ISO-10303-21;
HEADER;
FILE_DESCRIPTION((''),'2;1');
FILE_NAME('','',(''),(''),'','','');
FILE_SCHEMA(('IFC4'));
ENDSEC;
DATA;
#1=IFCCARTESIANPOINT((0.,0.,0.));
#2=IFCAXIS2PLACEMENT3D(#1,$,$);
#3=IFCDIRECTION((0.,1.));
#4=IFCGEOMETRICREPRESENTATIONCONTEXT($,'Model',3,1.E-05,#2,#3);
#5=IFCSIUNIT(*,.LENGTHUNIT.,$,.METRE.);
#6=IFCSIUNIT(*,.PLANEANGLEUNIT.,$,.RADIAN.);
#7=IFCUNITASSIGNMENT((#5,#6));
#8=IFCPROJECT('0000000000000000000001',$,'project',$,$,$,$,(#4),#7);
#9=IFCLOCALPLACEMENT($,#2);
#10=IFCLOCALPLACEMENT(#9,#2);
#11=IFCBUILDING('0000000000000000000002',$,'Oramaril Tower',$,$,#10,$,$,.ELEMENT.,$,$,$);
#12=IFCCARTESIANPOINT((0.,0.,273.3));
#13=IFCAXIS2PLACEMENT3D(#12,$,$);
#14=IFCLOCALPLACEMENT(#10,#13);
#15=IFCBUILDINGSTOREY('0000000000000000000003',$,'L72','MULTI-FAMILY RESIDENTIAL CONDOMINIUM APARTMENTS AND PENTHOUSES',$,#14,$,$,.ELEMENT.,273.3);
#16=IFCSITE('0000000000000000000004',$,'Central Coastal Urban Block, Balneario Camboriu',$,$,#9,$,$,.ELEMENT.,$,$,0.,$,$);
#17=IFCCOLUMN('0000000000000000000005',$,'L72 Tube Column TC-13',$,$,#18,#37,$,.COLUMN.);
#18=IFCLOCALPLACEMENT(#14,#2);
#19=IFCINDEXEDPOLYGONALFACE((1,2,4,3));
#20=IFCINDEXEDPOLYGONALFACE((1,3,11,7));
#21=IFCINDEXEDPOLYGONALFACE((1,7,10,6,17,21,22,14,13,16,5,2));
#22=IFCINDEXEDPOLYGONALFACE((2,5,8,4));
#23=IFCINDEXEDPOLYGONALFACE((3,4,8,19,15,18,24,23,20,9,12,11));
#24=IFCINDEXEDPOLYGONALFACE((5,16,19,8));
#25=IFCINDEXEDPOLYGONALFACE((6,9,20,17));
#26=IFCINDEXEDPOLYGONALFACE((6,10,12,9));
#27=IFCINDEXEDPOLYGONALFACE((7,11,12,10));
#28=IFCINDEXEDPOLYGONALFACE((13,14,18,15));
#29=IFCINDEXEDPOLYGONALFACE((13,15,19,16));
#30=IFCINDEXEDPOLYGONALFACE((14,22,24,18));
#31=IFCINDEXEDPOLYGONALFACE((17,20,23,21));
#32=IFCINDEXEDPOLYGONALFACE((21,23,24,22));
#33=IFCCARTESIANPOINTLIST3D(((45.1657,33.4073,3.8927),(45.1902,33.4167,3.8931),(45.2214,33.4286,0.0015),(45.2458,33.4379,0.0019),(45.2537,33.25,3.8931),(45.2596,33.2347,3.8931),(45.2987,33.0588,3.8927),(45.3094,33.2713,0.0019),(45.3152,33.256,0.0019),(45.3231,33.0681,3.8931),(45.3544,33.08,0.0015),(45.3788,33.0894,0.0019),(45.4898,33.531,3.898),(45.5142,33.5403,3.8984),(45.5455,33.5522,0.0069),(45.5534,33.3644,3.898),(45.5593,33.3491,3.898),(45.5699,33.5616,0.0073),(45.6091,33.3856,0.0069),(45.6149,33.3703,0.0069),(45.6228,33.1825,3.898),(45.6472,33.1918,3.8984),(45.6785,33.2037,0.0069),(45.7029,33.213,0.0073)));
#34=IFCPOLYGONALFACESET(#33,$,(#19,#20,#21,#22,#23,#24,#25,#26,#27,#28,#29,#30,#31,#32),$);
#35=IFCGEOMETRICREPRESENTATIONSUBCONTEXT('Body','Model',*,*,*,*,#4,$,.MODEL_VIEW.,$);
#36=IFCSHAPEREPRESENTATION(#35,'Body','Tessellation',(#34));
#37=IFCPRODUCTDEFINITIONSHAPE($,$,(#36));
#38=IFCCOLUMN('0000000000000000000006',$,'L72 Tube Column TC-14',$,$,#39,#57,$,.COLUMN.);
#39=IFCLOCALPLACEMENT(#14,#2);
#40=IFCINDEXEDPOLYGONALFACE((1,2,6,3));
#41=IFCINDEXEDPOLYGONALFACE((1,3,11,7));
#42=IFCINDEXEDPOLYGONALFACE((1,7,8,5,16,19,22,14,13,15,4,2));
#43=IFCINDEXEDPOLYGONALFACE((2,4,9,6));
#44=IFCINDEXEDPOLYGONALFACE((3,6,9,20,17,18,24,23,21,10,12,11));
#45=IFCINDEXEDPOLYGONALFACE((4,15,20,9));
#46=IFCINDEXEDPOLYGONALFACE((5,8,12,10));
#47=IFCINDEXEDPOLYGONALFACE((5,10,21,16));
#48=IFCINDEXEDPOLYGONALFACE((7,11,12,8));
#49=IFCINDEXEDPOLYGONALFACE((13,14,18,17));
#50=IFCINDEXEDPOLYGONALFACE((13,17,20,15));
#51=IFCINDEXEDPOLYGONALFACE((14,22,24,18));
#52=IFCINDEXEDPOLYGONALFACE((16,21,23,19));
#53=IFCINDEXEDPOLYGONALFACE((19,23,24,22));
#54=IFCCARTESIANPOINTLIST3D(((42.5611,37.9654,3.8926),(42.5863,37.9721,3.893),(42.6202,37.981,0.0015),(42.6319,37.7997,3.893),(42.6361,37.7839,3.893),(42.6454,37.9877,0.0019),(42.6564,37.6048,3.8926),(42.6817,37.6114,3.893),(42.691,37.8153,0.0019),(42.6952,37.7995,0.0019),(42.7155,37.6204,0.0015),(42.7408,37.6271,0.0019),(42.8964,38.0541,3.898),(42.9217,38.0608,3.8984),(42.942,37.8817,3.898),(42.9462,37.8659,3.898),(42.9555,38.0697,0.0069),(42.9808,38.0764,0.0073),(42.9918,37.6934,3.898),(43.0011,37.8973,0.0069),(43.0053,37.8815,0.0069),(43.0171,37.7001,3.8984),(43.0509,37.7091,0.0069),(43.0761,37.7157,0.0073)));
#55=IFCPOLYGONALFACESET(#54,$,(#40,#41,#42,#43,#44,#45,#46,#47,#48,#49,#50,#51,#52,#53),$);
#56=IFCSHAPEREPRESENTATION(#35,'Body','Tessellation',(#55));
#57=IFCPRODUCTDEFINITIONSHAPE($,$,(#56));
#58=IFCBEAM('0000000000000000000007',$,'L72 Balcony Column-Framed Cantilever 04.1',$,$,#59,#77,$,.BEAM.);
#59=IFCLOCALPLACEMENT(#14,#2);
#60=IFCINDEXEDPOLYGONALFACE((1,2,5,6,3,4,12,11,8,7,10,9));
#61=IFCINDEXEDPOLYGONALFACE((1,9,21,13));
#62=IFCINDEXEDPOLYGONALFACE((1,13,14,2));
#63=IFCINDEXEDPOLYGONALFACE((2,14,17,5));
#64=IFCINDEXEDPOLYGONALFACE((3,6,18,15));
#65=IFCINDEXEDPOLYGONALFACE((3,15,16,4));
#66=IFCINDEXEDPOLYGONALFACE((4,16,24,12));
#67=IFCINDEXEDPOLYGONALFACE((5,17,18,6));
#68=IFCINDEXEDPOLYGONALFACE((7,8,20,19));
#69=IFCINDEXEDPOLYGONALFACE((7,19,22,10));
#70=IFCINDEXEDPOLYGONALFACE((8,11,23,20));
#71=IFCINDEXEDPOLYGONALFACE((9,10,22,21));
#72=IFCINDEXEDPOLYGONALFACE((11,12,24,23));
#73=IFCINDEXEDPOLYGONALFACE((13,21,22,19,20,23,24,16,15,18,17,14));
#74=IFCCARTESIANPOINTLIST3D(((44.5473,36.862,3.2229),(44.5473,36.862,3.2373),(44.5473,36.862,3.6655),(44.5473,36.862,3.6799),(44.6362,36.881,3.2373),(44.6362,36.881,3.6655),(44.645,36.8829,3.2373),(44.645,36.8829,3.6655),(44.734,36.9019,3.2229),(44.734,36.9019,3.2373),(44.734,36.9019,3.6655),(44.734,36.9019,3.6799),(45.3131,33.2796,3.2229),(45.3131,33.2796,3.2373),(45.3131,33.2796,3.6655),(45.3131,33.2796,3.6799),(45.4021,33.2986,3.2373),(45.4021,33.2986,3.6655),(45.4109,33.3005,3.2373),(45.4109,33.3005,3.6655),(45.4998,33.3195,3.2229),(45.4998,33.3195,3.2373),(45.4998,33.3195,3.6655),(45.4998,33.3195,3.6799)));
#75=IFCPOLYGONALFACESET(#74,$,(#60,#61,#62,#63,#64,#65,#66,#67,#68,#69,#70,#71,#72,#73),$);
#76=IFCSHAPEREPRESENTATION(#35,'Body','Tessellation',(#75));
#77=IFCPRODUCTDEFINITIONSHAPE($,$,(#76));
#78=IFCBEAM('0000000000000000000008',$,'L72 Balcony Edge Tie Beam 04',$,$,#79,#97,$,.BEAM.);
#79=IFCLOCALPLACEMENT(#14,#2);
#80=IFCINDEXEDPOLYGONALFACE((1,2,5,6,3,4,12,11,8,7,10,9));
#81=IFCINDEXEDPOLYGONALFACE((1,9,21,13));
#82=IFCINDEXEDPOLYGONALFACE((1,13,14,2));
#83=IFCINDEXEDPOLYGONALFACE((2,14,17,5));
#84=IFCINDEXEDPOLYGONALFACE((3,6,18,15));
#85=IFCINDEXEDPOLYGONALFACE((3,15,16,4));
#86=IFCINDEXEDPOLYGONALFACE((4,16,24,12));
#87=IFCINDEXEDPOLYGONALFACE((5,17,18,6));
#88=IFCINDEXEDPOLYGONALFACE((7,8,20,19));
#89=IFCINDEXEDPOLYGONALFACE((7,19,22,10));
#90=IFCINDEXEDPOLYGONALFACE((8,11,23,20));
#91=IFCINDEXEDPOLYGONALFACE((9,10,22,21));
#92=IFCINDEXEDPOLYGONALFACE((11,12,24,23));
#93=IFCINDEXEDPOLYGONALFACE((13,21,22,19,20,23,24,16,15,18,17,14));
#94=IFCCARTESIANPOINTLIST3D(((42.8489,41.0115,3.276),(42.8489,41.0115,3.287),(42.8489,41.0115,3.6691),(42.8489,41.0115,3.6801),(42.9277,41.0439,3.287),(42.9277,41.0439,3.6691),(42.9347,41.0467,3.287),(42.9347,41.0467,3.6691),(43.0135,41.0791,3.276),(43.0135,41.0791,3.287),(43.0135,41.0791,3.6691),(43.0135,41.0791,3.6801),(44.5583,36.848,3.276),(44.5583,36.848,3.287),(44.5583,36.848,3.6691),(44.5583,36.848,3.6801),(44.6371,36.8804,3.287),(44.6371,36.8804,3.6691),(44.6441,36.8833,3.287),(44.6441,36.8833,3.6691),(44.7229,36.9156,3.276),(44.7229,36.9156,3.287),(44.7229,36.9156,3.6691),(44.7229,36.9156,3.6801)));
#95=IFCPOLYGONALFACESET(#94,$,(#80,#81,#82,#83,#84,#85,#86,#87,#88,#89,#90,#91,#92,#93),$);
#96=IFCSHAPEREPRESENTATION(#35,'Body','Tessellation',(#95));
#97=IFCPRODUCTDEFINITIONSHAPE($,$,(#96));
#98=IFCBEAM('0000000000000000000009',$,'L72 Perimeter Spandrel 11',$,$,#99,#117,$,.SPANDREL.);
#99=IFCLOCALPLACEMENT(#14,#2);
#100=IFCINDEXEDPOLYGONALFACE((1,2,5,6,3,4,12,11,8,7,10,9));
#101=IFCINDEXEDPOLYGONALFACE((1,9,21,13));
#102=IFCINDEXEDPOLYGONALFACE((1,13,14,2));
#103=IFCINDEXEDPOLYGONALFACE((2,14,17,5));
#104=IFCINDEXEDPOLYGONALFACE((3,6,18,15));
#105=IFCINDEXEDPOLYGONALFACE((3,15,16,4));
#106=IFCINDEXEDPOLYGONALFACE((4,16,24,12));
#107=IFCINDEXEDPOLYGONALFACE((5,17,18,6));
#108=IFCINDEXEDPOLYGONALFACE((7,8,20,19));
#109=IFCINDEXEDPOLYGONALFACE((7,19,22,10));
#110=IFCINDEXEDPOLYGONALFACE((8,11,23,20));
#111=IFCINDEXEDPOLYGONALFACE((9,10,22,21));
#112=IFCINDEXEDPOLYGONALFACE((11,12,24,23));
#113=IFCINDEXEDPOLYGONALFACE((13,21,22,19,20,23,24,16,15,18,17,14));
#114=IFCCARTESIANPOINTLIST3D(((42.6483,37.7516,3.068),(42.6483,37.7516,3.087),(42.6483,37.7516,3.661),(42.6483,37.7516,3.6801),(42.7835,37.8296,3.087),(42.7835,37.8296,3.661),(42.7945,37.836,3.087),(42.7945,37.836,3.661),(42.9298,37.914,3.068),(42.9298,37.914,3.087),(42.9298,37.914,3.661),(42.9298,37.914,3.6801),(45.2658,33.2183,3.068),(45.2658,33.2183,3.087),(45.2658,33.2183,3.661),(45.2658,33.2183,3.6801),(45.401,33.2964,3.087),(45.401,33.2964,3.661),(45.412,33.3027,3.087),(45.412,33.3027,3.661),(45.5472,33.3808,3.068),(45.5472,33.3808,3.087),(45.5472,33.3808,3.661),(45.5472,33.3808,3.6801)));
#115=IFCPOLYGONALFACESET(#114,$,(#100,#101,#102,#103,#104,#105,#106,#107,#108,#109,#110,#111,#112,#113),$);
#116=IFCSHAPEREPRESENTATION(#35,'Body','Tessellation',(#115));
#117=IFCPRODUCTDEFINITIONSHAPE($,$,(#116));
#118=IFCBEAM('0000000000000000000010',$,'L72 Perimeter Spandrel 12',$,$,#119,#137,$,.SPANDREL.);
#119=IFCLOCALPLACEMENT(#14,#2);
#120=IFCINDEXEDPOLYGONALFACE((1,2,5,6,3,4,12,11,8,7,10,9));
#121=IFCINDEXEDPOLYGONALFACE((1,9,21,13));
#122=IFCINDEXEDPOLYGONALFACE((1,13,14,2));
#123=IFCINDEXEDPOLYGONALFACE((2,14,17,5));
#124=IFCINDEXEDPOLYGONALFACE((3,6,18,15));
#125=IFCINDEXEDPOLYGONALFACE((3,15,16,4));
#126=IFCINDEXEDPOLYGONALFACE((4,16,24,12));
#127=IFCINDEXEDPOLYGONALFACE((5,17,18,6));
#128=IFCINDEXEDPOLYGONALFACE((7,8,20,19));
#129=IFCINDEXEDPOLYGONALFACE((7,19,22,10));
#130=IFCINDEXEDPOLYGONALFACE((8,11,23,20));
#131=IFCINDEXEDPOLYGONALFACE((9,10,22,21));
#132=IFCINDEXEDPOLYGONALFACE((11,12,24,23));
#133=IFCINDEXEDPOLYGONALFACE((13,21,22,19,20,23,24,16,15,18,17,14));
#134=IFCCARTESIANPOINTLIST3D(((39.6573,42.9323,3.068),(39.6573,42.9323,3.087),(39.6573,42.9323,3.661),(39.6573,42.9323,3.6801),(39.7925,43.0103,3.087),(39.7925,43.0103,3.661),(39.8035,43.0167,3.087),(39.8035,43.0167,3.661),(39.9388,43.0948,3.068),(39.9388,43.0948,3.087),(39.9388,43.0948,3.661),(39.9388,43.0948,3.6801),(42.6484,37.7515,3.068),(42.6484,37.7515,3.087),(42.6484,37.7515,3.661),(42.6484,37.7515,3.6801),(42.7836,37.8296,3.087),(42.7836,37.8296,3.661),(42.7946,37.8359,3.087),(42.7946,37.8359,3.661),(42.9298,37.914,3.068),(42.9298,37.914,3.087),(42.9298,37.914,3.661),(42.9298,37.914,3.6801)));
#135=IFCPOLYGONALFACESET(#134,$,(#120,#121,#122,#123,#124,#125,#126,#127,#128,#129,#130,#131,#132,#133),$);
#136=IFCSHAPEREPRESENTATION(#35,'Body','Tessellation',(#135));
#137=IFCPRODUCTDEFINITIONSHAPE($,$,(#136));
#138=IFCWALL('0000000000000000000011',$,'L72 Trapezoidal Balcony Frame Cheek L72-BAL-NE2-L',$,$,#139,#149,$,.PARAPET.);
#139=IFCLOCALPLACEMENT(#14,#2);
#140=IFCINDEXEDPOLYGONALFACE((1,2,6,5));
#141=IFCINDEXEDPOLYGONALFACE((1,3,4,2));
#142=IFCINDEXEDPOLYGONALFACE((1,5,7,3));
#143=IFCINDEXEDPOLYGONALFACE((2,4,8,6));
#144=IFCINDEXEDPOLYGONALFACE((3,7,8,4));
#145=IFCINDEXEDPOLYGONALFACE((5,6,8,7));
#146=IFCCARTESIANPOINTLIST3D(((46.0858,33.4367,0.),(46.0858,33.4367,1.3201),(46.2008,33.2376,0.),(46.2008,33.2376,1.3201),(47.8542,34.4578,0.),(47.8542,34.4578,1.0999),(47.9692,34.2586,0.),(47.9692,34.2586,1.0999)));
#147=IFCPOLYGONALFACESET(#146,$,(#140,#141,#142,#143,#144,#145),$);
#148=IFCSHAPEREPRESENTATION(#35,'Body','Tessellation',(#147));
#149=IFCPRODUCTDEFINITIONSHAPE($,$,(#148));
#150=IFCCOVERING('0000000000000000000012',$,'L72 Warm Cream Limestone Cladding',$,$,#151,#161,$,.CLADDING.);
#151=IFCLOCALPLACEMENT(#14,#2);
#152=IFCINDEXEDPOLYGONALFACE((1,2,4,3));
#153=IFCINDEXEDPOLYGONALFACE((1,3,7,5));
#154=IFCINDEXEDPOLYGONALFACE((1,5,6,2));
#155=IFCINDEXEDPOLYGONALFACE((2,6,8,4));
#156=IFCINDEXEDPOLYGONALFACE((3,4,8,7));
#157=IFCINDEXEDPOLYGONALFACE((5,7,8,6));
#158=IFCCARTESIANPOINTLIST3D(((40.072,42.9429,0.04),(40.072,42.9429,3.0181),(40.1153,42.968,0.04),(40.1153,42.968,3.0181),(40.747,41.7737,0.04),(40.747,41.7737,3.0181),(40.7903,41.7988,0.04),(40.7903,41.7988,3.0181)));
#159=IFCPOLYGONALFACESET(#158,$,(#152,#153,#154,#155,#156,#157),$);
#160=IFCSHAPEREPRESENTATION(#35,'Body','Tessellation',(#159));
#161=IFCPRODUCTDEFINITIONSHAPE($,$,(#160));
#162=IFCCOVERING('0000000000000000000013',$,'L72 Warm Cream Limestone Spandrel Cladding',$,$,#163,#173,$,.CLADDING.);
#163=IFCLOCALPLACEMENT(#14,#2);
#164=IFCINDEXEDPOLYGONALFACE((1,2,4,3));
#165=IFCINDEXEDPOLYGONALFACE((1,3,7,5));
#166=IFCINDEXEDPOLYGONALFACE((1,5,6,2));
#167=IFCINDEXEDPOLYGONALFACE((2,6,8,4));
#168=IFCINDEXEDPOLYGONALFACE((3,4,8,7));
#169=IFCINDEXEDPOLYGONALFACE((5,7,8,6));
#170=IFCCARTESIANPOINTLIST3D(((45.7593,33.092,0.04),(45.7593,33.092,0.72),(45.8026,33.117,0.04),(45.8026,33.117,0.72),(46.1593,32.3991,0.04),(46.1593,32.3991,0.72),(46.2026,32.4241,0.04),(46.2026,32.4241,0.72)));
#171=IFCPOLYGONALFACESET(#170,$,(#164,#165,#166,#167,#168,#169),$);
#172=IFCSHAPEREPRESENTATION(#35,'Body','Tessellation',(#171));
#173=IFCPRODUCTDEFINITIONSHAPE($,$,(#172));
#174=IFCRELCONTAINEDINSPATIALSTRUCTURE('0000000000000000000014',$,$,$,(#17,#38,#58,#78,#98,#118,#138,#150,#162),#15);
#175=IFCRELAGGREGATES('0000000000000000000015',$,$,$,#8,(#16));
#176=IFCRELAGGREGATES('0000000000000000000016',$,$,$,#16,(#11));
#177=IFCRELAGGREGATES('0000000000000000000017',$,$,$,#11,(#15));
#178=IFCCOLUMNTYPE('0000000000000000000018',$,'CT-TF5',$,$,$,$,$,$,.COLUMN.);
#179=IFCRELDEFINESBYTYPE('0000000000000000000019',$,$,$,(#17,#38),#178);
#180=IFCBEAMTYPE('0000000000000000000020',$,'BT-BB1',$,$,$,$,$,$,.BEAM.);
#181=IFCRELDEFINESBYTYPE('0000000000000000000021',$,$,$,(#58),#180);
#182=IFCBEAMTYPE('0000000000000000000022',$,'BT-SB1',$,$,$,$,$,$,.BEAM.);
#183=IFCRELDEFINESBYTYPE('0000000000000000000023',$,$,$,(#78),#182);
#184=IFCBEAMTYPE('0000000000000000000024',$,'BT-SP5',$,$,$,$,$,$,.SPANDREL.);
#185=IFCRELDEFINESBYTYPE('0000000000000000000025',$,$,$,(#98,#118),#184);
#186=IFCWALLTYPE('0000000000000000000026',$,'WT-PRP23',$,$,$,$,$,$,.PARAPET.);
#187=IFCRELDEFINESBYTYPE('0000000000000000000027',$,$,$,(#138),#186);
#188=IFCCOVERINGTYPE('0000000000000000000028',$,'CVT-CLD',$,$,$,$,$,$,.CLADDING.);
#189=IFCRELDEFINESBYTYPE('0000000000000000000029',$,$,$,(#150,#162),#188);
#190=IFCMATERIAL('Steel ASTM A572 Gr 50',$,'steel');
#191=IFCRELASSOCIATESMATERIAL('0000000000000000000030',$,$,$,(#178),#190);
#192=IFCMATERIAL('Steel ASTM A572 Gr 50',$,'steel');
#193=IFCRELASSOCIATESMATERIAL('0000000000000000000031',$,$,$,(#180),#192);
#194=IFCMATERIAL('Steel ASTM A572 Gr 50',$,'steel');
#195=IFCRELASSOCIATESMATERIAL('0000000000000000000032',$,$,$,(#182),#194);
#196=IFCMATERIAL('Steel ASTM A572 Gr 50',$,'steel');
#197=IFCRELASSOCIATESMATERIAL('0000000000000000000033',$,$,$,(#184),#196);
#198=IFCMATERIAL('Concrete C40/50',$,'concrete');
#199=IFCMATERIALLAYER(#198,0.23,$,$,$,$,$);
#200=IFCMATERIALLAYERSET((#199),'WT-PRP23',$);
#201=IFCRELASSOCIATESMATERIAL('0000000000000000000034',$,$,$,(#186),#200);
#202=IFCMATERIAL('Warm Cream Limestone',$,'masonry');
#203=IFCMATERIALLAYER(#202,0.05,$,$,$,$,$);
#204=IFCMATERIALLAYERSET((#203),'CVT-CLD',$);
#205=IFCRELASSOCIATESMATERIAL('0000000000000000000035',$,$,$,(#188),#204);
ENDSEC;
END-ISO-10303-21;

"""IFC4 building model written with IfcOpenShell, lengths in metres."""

from ifc_helpers import new_model, si_unit, direction, frame, origin, origin_2d, place, context, subcontext, project, spatial, polyline, rectangle, i_section, outline, extrude, material, layer, layer_set, material_profile, profile_set, type_object, element, save


model = new_model("IFC4")

# Units and contexts
model_context = context("Model", 3, precision=1e-05, world=origin(), true_north=direction((0.0, 1.0)))
body_context = subcontext(model_context, "Body", "Model", "MODEL_VIEW")
ifc_project = project(units=[si_unit("LENGTHUNIT", "METRE"), si_unit("PLANEANGLEUNIT", "RADIAN")], contexts=[model_context])

# Site, building, storey
site_placement = place(None, origin())
site = spatial("IfcSite", under=ifc_project, at=site_placement, Name="Central Coastal Urban Block, Balneario Camboriu", CompositionType="ELEMENT", RefElevation=0.0)
building_placement = place(site_placement, origin())
building = spatial("IfcBuilding", under=site, at=building_placement, Name="Oramaril Tower", CompositionType="ELEMENT")
storey_placement = place(building_placement, frame((0.0, 0.0, 273.3)))
storey = spatial("IfcBuildingStorey", under=building, at=storey_placement, Name="L72", Description="MULTI-FAMILY RESIDENTIAL CONDOMINIUM APARTMENTS AND PENTHOUSES", CompositionType="ELEMENT", Elevation=273.3)

# Columns
ifc_material_1 = material(Name="Steel ASTM A572 Gr 50", Category="steel")
ifc_material_profile_1 = material_profile(ifc_material_1, i_section(OverallWidth=0.373, OverallDepth=0.373, WebThickness=0.0164, FlangeThickness=0.0261, at=origin_2d()), Name="W14X132")
ifc_profile_set_1 = profile_set([ifc_material_profile_1], Name="Steel ASTM A572 Gr 50")
column_type = type_object("IfcColumnType", Name="CT-TF5", PredefinedType="COLUMN", material=ifc_profile_set_1)
for number, where, z_axis, x_axis, name in (
    (1, (45.4622, 33.3208, 0.0044), (-0.014304, -0.005458, 0.999883), (0.356506, -0.934293, 0.0), "L72 Tube Column TC-13"),
    (2, (42.8481, 37.8484, 0.0044), (-0.015182, -0.004015, 0.999877), (0.255673, -0.966763, 0.0), "L72 Tube Column TC-14"),
):
    element("IfcColumn", number, at=place(storey_placement, frame(where, z_axis=z_axis, x_axis=x_axis)), inside=storey, type_object=column_type, Name=name, PredefinedType="COLUMN", context=body_context, shape_type="SweptSolid", body=[
        extrude(i_section(OverallWidth=0.373, OverallDepth=0.373, WebThickness=0.0164, FlangeThickness=0.0261, at=origin_2d()), origin(), (0.0, 0.0, 1.0), 3.8916),
    ])

# Beams
ifc_material_2 = material(Name="Steel ASTM A572 Gr 50", Category="steel")
ifc_material_profile_2 = material_profile(ifc_material_2, i_section(OverallWidth=0.1909, OverallDepth=0.457, WebThickness=0.009, FlangeThickness=0.0144, at=origin_2d()), Name="W18X50")
ifc_profile_set_2 = profile_set([ifc_material_profile_2], Name="Steel ASTM A572 Gr 50")
beam_type_1 = type_object("IfcBeamType", Name="BT-BB1", PredefinedType="BEAM", material=ifc_profile_set_2)
beam_1_placement = place(storey_placement, frame((45.4065, 33.2996, 3.4514), z_axis=(-0.209069, 0.977901, 0.0), x_axis=(-0.977901, -0.209069, 0.0)))
element("IfcBeam", 3, at=beam_1_placement, inside=storey, type_object=beam_type_1, Name="L72 Balcony Column-Framed Cantilever 04.1", PredefinedType="BEAM", context=body_context, shape_type="SweptSolid", body=[
    extrude(i_section(OverallWidth=0.1909, OverallDepth=0.457, WebThickness=0.009, FlangeThickness=0.0144, at=origin_2d()), origin(), (0.0, 0.0, 1.0), 3.6633),
])
ifc_material_3 = material(Name="Steel ASTM A572 Gr 50", Category="steel")
ifc_material_profile_3 = material_profile(ifc_material_3, i_section(OverallWidth=0.178, OverallDepth=0.4041, WebThickness=0.0076, FlangeThickness=0.011, at=origin_2d()), Name="W16X36")
ifc_profile_set_3 = profile_set([ifc_material_profile_3], Name="Steel ASTM A572 Gr 50")
beam_type_2 = type_object("IfcBeamType", Name="BT-SB1", PredefinedType="BEAM", material=ifc_profile_set_3)
beam_2_placement = place(storey_placement, frame((44.6406, 36.8818, 3.478), z_axis=(-0.379811, 0.925064, 0.0), x_axis=(-0.925064, -0.379811, 0.0)))
element("IfcBeam", 4, at=beam_2_placement, inside=storey, type_object=beam_type_2, Name="L72 Balcony Edge Tie Beam 04", PredefinedType="BEAM", context=body_context, shape_type="SweptSolid", body=[
    extrude(i_section(OverallWidth=0.178, OverallDepth=0.4041, WebThickness=0.0076, FlangeThickness=0.011, at=origin_2d()), origin(), (0.0, 0.0, 1.0), 4.5007),
])
ifc_material_4 = material(Name="Steel ASTM A572 Gr 50", Category="steel")
ifc_material_profile_4 = material_profile(ifc_material_4, i_section(OverallWidth=0.325, OverallDepth=0.6121, WebThickness=0.0127, FlangeThickness=0.019, at=origin_2d()), Name="W24X104")
ifc_profile_set_4 = profile_set([ifc_material_profile_4], Name="Steel ASTM A572 Gr 50")
beam_type_3 = type_object("IfcBeamType", Name="BT-SP5", PredefinedType="SPANDREL", material=ifc_profile_set_4)
beam_3_placement = place(storey_placement, frame((45.4065, 33.2996, 3.374), z_axis=(-0.500027, 0.86601, 0.0), x_axis=(-0.86601, -0.500027, 0.0)))
element("IfcBeam", 5, at=beam_3_placement, inside=storey, type_object=beam_type_3, Name="L72 Perimeter Spandrel 11", PredefinedType="SPANDREL", context=body_context, shape_type="SweptSolid", body=[
    extrude(i_section(OverallWidth=0.325, OverallDepth=0.6121, WebThickness=0.0127, FlangeThickness=0.019, at=origin_2d()), origin(), (0.0, 0.0, 1.0), 5.2346),
])
beam_4_placement = place(storey_placement, frame((42.7891, 37.8328, 3.374), z_axis=(-0.499989, 0.866032, 0.0), x_axis=(-0.866032, -0.499989, 0.0)))
element("IfcBeam", 6, at=beam_4_placement, inside=storey, type_object=beam_type_3, Name="L72 Perimeter Spandrel 12", PredefinedType="SPANDREL", context=body_context, shape_type="SweptSolid", body=[
    extrude(i_section(OverallWidth=0.325, OverallDepth=0.6121, WebThickness=0.0127, FlangeThickness=0.019, at=origin_2d()), origin(), (0.0, 0.0, 1.0), 5.9822),
])

# Wall
ifc_material_5 = material(Name="Concrete C40/50", Category="concrete")
ifc_layer_1 = layer(ifc_material_5, 0.23)
ifc_layer_set_1 = layer_set([ifc_layer_1], Name="WT-PRP23")
wall_type = type_object("IfcWallType", Name="WT-PRP23", PredefinedType="PARAPET", material=ifc_layer_set_1)
wall_placement = place(storey_placement, frame((46.1433, 33.3372, 0.0), z_axis=(0.0, 0.0, 1.0), x_axis=(0.866012, 0.500023, 0.0)))
element("IfcWall", 7, at=wall_placement, inside=storey, type_object=wall_type, Name="L72 Trapezoidal Balcony Frame Cheek L72-BAL-NE2-L", PredefinedType="PARAPET", context=body_context, shape_type="SweptSolid", body=[
    extrude(outline(polyline([(0.0, 0.0), (2.042, 0.0), (2.042, 1.0999), (0.0, 1.3201), (0.0, 0.0)])), frame((0.0, 0.115, 0.0), z_axis=(0.0, -1.0, 0.0), x_axis=(1.0, 0.0, 0.0)), (0.0, 0.0, 1.0), 0.23),
])

# Coverings
ifc_material_6 = material(Name="Warm Cream Limestone", Category="masonry")
ifc_layer_2 = layer(ifc_material_6, 0.05)
ifc_layer_set_2 = layer_set([ifc_layer_2], Name="CVT-CLD")
covering_type = type_object("IfcCoveringType", Name="CVT-CLD", PredefinedType="CLADDING", material=ifc_layer_set_2)
covering_1_placement = place(storey_placement, frame((40.4312, 42.3708, 0.04), z_axis=(0.0, 0.0, 1.0), x_axis=(-0.499998, 0.866026, 0.0)))
element("IfcCovering", 8, at=covering_1_placement, inside=storey, type_object=covering_type, Name="L72 Warm Cream Limestone Cladding", PredefinedType="CLADDING", context=body_context, shape_type="SweptSolid", body=[
    extrude(rectangle(XDim=1.3501, YDim=0.05, at=origin_2d()), origin(), (0.0, 0.0, 1.0), 2.978),
])
covering_2_placement = place(storey_placement, frame((45.981, 32.7581, 0.04), z_axis=(0.0, 0.0, 1.0), x_axis=(-0.499998, 0.866026, 0.0)))
element("IfcCovering", 9, at=covering_2_placement, inside=storey, type_object=covering_type, Name="L72 Warm Cream Limestone Spandrel Cladding", PredefinedType="CLADDING", context=body_context, shape_type="SweptSolid", body=[
    extrude(rectangle(XDim=0.8, YDim=0.05, at=origin_2d()), origin(), (0.0, 0.0, 1.0), 0.6799),
])

save(model, "model.ifc")
